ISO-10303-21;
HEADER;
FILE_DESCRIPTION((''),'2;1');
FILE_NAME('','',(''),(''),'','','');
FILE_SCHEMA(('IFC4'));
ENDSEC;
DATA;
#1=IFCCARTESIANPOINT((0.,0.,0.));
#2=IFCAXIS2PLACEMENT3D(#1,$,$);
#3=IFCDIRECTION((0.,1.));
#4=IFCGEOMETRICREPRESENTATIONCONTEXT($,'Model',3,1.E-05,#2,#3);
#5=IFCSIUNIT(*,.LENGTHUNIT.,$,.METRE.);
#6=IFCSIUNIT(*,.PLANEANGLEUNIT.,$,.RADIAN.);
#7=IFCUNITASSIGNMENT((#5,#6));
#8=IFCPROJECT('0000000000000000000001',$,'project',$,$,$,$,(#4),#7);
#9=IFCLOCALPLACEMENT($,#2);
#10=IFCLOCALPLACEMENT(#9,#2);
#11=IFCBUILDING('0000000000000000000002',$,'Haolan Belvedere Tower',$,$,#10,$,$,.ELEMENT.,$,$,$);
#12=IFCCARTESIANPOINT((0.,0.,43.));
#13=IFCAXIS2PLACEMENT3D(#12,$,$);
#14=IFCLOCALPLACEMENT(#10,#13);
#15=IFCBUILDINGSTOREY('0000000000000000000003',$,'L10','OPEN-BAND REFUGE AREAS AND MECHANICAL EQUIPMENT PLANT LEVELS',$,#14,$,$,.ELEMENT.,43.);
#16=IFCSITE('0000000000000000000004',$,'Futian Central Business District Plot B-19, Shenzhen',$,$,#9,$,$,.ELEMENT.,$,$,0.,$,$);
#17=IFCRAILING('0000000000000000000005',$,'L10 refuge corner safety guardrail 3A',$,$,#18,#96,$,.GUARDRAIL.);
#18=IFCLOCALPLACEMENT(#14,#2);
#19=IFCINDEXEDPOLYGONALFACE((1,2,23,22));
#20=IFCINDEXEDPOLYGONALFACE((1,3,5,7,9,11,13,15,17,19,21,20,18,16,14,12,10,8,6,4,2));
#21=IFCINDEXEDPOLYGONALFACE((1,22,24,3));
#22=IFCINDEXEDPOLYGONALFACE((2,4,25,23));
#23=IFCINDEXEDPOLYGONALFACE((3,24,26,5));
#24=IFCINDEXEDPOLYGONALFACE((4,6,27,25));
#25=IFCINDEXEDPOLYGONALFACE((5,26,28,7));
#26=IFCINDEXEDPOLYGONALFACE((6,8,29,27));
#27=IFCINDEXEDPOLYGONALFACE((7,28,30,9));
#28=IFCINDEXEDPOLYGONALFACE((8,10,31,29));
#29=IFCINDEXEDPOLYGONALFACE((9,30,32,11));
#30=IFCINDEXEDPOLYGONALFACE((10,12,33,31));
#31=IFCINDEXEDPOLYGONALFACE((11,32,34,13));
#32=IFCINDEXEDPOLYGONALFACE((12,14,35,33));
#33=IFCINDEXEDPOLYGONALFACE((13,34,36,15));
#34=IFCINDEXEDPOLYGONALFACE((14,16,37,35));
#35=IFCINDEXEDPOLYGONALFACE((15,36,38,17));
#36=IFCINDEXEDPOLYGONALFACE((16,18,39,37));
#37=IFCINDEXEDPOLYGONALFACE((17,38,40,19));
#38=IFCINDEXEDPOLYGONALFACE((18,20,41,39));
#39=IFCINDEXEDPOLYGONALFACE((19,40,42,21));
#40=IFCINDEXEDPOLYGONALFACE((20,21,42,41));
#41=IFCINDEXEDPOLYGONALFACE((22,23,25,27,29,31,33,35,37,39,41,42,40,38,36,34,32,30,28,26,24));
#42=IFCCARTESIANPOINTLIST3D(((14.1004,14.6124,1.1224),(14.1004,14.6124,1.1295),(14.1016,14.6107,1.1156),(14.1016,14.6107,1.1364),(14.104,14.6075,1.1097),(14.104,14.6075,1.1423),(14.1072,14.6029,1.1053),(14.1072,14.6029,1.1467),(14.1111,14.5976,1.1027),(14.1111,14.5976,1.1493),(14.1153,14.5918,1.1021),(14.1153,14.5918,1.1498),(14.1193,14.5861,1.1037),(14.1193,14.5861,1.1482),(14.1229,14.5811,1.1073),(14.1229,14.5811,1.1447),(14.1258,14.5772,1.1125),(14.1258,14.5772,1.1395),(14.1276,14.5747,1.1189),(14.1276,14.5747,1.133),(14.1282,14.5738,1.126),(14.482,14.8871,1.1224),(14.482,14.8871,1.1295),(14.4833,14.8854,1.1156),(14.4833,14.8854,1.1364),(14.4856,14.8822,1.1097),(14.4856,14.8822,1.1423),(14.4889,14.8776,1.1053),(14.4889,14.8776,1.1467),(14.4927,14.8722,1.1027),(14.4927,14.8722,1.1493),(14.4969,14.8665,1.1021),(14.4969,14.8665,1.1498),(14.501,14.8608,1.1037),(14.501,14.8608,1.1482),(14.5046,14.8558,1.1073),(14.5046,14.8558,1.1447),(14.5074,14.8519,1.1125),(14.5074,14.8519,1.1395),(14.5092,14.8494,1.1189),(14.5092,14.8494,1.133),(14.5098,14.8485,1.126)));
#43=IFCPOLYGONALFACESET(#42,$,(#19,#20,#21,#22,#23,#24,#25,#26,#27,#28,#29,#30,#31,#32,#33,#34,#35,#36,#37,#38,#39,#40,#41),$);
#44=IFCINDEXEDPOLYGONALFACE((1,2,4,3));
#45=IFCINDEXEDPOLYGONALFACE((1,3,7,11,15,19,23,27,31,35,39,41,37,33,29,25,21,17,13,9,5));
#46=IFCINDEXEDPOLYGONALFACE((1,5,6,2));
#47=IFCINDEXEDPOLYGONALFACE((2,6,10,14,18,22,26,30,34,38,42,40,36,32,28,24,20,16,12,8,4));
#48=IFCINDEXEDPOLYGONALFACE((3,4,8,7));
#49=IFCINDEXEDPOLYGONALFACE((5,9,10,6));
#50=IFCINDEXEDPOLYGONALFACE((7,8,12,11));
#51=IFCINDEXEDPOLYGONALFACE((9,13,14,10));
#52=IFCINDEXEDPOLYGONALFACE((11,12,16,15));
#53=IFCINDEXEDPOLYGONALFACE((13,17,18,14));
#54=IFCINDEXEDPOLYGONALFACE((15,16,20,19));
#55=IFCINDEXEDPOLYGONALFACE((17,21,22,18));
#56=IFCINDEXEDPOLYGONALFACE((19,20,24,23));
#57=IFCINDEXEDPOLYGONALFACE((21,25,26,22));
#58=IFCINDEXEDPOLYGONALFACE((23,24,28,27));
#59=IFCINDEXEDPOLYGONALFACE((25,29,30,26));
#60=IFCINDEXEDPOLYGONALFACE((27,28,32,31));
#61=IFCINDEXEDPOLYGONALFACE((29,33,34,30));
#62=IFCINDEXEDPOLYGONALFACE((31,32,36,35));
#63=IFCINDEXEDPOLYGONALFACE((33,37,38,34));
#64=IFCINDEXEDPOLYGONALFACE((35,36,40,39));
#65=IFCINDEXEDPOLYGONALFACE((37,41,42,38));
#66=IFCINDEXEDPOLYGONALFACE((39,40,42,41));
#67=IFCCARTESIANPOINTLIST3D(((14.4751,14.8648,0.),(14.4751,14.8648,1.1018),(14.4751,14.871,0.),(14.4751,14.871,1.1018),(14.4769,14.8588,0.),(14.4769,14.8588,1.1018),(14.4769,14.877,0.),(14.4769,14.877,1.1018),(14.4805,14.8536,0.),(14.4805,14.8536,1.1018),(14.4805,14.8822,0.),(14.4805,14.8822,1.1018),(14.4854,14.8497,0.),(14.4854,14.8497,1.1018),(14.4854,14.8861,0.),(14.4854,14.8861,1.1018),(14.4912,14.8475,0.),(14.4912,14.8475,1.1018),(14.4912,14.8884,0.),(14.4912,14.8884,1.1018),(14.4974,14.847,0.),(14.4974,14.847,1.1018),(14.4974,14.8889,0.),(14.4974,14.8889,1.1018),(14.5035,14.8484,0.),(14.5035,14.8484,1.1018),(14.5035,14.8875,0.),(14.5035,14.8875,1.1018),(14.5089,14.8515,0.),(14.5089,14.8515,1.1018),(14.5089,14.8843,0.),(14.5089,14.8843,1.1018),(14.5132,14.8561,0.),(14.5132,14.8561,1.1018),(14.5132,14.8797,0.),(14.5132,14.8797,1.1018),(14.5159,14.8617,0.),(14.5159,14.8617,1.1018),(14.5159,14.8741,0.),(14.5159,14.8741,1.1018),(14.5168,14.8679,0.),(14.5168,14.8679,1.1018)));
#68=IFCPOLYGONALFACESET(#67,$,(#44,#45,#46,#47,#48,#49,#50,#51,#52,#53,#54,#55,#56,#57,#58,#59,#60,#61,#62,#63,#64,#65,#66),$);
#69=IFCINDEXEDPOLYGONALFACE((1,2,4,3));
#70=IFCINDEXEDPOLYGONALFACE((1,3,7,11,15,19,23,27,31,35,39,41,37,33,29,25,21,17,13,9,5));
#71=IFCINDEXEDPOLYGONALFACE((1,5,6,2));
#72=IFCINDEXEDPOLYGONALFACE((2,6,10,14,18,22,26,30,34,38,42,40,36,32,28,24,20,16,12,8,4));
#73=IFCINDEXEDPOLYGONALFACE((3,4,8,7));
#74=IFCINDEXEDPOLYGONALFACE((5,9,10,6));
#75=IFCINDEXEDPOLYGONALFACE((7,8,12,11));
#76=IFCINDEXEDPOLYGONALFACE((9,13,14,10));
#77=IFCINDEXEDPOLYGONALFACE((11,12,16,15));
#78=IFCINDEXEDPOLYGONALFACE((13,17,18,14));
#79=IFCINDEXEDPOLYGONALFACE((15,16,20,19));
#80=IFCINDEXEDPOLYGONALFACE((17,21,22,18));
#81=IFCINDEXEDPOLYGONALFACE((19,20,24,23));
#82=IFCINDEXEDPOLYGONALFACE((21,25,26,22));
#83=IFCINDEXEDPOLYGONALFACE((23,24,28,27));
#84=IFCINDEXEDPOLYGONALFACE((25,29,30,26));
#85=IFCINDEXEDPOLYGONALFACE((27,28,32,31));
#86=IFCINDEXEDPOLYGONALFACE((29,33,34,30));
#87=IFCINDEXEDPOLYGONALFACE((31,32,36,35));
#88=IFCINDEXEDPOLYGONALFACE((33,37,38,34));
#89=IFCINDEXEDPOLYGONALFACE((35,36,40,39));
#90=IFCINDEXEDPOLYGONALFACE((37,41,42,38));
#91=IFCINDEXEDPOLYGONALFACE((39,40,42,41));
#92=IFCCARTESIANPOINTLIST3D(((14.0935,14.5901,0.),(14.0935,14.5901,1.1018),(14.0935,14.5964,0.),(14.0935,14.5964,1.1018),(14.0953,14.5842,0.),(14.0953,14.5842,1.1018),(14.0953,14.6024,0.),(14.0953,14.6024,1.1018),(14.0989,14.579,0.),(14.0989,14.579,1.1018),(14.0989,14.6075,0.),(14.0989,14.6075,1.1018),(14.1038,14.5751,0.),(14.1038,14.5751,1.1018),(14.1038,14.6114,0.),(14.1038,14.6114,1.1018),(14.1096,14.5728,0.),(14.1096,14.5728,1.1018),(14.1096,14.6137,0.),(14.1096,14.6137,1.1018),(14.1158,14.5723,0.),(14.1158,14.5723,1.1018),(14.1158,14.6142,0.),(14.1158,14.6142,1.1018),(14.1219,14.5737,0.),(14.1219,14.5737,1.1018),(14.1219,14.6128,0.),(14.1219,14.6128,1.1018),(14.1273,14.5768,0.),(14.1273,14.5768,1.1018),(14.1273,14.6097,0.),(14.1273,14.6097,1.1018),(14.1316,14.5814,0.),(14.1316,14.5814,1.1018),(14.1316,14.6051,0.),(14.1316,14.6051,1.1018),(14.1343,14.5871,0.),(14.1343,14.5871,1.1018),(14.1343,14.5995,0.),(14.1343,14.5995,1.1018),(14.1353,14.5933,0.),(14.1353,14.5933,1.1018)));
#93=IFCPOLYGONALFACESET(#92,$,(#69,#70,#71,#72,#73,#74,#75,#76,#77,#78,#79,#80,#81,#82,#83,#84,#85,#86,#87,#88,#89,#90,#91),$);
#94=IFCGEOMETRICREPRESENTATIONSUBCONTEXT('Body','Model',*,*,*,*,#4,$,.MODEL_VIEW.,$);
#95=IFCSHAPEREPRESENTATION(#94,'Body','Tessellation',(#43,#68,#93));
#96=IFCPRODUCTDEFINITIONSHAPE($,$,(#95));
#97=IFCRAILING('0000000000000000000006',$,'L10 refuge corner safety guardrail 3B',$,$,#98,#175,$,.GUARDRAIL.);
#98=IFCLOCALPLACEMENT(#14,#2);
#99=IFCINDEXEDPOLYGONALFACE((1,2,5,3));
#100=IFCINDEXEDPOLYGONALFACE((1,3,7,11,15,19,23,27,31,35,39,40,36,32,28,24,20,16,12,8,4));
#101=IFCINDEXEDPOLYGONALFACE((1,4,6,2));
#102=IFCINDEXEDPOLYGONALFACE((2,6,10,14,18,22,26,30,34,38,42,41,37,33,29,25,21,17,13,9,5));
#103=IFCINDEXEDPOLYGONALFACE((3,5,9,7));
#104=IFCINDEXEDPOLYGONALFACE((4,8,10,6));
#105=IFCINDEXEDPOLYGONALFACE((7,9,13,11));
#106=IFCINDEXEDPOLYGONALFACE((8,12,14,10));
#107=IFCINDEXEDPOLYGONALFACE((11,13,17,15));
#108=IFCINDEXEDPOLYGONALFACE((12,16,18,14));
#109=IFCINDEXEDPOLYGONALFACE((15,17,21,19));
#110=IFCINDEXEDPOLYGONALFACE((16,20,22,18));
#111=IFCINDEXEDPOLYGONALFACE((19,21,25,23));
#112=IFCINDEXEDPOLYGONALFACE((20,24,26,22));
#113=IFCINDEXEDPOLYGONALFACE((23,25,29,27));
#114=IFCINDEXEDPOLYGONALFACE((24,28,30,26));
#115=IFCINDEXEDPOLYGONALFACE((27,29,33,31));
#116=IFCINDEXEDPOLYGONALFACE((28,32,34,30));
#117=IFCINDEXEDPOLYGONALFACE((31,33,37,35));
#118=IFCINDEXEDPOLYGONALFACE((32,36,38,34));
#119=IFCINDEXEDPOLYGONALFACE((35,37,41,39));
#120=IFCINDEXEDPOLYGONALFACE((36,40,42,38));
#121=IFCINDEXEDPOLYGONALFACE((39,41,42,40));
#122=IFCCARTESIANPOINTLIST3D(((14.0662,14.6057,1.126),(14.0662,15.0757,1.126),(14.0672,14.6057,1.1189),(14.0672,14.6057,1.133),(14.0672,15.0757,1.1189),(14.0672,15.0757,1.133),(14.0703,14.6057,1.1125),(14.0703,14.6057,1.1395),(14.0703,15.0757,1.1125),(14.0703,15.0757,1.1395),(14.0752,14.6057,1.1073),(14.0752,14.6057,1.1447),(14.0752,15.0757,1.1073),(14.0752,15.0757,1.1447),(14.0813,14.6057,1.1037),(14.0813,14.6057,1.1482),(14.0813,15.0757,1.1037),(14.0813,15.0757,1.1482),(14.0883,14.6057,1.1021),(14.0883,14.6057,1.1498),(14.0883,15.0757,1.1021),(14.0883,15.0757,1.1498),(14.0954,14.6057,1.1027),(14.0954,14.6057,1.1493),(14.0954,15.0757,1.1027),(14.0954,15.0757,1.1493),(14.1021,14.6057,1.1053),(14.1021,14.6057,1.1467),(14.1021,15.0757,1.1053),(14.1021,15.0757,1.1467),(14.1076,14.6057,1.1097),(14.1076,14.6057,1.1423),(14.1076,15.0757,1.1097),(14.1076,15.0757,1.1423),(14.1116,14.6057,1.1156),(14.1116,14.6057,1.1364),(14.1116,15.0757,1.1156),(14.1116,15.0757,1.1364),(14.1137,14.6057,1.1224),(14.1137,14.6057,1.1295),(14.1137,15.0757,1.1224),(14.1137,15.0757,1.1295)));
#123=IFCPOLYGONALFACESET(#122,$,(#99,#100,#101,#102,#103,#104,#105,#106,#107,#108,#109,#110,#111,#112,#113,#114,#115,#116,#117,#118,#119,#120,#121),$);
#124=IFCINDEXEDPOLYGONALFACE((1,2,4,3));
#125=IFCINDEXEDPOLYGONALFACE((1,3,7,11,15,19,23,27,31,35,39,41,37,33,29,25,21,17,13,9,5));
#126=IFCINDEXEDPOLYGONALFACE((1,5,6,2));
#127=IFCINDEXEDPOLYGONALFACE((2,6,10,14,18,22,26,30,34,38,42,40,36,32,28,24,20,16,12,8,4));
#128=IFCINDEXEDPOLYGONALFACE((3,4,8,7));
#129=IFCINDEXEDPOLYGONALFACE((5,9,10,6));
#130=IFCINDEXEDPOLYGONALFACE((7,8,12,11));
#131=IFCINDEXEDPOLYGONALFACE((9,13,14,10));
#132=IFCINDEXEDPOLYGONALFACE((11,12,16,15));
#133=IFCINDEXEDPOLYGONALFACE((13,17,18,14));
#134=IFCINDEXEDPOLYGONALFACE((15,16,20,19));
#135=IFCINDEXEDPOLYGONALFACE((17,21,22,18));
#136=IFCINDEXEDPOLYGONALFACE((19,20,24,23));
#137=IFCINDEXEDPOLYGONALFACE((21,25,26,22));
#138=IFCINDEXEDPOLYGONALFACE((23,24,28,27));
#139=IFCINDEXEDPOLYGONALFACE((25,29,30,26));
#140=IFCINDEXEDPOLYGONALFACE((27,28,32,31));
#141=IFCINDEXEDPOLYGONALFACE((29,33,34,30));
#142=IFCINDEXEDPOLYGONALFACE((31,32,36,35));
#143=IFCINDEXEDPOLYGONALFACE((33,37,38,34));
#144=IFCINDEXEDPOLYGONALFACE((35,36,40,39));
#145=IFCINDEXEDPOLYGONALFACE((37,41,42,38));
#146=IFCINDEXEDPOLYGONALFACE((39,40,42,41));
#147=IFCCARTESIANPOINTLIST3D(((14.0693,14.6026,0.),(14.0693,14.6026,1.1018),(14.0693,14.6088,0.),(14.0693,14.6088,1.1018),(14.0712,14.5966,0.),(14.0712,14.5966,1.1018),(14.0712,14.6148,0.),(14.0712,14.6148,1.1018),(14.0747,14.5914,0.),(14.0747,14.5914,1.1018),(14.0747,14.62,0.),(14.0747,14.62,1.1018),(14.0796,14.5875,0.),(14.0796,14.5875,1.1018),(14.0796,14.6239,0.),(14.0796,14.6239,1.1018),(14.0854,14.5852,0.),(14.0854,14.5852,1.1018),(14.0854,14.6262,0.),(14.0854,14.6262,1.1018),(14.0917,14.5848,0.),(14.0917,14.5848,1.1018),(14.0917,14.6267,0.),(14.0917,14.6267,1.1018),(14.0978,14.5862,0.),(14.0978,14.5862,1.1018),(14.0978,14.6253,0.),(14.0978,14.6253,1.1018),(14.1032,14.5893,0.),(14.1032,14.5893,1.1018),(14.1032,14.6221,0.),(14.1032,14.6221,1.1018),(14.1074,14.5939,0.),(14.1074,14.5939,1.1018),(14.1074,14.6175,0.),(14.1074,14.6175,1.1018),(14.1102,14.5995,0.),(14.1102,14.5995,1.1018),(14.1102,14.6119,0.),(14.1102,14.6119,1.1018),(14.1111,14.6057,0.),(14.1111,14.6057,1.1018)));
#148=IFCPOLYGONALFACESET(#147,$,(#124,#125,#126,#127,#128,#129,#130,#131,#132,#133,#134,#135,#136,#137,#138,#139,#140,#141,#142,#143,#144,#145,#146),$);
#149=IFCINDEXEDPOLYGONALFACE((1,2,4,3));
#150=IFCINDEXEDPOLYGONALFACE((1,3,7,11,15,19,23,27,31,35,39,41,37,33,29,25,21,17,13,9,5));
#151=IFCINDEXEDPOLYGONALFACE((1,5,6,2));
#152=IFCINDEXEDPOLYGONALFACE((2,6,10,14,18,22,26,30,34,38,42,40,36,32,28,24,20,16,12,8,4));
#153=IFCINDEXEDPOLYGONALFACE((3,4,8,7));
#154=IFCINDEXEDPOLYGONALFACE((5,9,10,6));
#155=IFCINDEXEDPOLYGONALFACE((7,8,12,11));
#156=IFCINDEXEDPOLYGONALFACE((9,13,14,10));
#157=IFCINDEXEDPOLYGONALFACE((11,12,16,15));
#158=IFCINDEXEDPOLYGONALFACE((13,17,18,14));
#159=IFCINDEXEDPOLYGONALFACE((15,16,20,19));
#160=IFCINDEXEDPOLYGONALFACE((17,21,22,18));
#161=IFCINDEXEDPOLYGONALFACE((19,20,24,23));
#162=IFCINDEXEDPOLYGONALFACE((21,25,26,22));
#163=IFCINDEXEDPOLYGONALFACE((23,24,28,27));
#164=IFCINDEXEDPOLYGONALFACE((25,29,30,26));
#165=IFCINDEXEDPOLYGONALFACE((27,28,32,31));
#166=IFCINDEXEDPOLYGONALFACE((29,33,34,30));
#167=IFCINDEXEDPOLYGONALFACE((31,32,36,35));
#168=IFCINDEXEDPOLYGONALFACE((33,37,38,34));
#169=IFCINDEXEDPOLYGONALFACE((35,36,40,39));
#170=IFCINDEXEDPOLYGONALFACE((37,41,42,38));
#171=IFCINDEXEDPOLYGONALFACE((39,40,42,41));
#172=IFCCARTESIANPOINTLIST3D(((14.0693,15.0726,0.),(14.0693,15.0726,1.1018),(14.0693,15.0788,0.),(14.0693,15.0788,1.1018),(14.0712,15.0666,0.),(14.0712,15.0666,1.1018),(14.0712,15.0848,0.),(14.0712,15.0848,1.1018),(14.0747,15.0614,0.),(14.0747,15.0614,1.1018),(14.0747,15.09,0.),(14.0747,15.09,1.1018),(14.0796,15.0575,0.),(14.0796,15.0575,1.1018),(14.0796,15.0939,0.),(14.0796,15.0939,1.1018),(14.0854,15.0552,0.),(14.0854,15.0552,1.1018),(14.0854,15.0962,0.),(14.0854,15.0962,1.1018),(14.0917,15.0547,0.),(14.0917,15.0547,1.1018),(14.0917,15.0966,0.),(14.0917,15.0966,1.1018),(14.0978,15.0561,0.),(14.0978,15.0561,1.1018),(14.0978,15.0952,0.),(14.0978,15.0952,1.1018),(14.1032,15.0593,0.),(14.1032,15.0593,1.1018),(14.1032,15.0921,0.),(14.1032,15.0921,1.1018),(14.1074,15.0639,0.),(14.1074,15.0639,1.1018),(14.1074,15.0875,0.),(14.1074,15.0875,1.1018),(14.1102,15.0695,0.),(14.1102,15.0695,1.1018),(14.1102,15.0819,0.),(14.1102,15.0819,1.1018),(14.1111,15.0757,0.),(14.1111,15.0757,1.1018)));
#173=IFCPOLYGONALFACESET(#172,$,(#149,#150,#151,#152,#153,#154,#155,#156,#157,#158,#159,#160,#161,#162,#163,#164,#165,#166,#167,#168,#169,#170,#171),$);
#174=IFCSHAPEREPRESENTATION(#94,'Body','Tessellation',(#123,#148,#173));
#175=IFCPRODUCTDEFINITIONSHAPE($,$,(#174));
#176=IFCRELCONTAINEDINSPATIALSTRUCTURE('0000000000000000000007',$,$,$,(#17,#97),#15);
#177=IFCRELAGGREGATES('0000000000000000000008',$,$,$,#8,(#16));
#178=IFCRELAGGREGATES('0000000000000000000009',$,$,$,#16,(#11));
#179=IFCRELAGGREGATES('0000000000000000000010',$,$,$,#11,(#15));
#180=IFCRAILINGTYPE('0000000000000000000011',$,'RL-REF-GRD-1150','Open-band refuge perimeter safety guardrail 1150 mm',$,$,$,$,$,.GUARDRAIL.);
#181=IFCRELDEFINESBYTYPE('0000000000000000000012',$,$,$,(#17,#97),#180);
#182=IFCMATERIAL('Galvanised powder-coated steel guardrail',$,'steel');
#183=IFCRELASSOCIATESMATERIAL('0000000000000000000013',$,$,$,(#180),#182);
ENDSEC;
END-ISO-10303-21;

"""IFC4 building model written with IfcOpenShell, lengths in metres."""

from ifc_helpers import new_model, si_unit, direction, frame, origin, origin_2d, place, context, subcontext, project, spatial, circle, extrude, material, type_object, element, save


model = new_model("IFC4")

# Units and contexts
model_context = context("Model", 3, precision=1e-05, world=origin(), true_north=direction((0.0, 1.0)))
body_context = subcontext(model_context, "Body", "Model", "MODEL_VIEW")
ifc_project = project(units=[si_unit("LENGTHUNIT", "METRE"), si_unit("PLANEANGLEUNIT", "RADIAN")], contexts=[model_context])

# Site, building, storey
site_placement = place(None, origin())
site = spatial("IfcSite", under=ifc_project, at=site_placement, Name="Futian Central Business District Plot B-19, Shenzhen", CompositionType="ELEMENT", RefElevation=0.0)
building_placement = place(site_placement, origin())
building = spatial("IfcBuilding", under=site, at=building_placement, Name="Haolan Belvedere Tower", CompositionType="ELEMENT")
storey_placement = place(building_placement, frame((0.0, 0.0, 43.0)))
storey = spatial("IfcBuildingStorey", under=building, at=storey_placement, Name="L10", Description="OPEN-BAND REFUGE AREAS AND MECHANICAL EQUIPMENT PLANT LEVELS", CompositionType="ELEMENT", Elevation=43.0)

# Railings
ifc_material_1 = material(Name="Galvanised powder-coated steel guardrail", Category="steel")
railing_type = type_object("IfcRailingType", Name="RL-REF-GRD-1150", Description="Open-band refuge perimeter safety guardrail 1150 mm", PredefinedType="GUARDRAIL", material=ifc_material_1)
railing_1_placement = place(storey_placement, frame((14.4958, 14.8679, 0.0)))
element("IfcRailing", 1, at=railing_1_placement, inside=storey, type_object=railing_type, Name="L10 refuge corner safety guardrail 3A", PredefinedType="GUARDRAIL", context=body_context, shape_type="SweptSolid", body=[
    extrude(circle(Radius=0.0239, at=origin_2d()), frame((0.0, 0.0, 1.126), z_axis=(-0.811623, -0.584182, 0.0), x_axis=(0.584182, -0.811623, 0.0)), (0.0, 0.0, 1.0), 0.4702),
    extrude(circle(Radius=0.021, at=origin_2d()), origin(), (0.0, 0.0, 1.0), 1.1018),
    extrude(circle(Radius=0.021, at=origin_2d()), frame((-0.3816, -0.2747, 0.0)), (0.0, 0.0, 1.0), 1.1018),
])
railing_2_placement = place(storey_placement, frame((14.0901, 14.6057, 0.0)))
element("IfcRailing", 2, at=railing_2_placement, inside=storey, type_object=railing_type, Name="L10 refuge corner safety guardrail 3B", PredefinedType="GUARDRAIL", context=body_context, shape_type="SweptSolid", body=[
    extrude(circle(Radius=0.0239, at=origin_2d()), frame((0.0, 0.0, 1.126), z_axis=(0.0, 1.0, 0.0), x_axis=(-1.0, 0.0, 0.0)), (0.0, 0.0, 1.0), 0.47),
    extrude(circle(Radius=0.021, at=origin_2d()), origin(), (0.0, 0.0, 1.0), 1.1018),
    extrude(circle(Radius=0.021, at=origin_2d()), frame((0.0, 0.47, 0.0)), (0.0, 0.0, 1.0), 1.1018),
])

save(model, "model.ifc")
